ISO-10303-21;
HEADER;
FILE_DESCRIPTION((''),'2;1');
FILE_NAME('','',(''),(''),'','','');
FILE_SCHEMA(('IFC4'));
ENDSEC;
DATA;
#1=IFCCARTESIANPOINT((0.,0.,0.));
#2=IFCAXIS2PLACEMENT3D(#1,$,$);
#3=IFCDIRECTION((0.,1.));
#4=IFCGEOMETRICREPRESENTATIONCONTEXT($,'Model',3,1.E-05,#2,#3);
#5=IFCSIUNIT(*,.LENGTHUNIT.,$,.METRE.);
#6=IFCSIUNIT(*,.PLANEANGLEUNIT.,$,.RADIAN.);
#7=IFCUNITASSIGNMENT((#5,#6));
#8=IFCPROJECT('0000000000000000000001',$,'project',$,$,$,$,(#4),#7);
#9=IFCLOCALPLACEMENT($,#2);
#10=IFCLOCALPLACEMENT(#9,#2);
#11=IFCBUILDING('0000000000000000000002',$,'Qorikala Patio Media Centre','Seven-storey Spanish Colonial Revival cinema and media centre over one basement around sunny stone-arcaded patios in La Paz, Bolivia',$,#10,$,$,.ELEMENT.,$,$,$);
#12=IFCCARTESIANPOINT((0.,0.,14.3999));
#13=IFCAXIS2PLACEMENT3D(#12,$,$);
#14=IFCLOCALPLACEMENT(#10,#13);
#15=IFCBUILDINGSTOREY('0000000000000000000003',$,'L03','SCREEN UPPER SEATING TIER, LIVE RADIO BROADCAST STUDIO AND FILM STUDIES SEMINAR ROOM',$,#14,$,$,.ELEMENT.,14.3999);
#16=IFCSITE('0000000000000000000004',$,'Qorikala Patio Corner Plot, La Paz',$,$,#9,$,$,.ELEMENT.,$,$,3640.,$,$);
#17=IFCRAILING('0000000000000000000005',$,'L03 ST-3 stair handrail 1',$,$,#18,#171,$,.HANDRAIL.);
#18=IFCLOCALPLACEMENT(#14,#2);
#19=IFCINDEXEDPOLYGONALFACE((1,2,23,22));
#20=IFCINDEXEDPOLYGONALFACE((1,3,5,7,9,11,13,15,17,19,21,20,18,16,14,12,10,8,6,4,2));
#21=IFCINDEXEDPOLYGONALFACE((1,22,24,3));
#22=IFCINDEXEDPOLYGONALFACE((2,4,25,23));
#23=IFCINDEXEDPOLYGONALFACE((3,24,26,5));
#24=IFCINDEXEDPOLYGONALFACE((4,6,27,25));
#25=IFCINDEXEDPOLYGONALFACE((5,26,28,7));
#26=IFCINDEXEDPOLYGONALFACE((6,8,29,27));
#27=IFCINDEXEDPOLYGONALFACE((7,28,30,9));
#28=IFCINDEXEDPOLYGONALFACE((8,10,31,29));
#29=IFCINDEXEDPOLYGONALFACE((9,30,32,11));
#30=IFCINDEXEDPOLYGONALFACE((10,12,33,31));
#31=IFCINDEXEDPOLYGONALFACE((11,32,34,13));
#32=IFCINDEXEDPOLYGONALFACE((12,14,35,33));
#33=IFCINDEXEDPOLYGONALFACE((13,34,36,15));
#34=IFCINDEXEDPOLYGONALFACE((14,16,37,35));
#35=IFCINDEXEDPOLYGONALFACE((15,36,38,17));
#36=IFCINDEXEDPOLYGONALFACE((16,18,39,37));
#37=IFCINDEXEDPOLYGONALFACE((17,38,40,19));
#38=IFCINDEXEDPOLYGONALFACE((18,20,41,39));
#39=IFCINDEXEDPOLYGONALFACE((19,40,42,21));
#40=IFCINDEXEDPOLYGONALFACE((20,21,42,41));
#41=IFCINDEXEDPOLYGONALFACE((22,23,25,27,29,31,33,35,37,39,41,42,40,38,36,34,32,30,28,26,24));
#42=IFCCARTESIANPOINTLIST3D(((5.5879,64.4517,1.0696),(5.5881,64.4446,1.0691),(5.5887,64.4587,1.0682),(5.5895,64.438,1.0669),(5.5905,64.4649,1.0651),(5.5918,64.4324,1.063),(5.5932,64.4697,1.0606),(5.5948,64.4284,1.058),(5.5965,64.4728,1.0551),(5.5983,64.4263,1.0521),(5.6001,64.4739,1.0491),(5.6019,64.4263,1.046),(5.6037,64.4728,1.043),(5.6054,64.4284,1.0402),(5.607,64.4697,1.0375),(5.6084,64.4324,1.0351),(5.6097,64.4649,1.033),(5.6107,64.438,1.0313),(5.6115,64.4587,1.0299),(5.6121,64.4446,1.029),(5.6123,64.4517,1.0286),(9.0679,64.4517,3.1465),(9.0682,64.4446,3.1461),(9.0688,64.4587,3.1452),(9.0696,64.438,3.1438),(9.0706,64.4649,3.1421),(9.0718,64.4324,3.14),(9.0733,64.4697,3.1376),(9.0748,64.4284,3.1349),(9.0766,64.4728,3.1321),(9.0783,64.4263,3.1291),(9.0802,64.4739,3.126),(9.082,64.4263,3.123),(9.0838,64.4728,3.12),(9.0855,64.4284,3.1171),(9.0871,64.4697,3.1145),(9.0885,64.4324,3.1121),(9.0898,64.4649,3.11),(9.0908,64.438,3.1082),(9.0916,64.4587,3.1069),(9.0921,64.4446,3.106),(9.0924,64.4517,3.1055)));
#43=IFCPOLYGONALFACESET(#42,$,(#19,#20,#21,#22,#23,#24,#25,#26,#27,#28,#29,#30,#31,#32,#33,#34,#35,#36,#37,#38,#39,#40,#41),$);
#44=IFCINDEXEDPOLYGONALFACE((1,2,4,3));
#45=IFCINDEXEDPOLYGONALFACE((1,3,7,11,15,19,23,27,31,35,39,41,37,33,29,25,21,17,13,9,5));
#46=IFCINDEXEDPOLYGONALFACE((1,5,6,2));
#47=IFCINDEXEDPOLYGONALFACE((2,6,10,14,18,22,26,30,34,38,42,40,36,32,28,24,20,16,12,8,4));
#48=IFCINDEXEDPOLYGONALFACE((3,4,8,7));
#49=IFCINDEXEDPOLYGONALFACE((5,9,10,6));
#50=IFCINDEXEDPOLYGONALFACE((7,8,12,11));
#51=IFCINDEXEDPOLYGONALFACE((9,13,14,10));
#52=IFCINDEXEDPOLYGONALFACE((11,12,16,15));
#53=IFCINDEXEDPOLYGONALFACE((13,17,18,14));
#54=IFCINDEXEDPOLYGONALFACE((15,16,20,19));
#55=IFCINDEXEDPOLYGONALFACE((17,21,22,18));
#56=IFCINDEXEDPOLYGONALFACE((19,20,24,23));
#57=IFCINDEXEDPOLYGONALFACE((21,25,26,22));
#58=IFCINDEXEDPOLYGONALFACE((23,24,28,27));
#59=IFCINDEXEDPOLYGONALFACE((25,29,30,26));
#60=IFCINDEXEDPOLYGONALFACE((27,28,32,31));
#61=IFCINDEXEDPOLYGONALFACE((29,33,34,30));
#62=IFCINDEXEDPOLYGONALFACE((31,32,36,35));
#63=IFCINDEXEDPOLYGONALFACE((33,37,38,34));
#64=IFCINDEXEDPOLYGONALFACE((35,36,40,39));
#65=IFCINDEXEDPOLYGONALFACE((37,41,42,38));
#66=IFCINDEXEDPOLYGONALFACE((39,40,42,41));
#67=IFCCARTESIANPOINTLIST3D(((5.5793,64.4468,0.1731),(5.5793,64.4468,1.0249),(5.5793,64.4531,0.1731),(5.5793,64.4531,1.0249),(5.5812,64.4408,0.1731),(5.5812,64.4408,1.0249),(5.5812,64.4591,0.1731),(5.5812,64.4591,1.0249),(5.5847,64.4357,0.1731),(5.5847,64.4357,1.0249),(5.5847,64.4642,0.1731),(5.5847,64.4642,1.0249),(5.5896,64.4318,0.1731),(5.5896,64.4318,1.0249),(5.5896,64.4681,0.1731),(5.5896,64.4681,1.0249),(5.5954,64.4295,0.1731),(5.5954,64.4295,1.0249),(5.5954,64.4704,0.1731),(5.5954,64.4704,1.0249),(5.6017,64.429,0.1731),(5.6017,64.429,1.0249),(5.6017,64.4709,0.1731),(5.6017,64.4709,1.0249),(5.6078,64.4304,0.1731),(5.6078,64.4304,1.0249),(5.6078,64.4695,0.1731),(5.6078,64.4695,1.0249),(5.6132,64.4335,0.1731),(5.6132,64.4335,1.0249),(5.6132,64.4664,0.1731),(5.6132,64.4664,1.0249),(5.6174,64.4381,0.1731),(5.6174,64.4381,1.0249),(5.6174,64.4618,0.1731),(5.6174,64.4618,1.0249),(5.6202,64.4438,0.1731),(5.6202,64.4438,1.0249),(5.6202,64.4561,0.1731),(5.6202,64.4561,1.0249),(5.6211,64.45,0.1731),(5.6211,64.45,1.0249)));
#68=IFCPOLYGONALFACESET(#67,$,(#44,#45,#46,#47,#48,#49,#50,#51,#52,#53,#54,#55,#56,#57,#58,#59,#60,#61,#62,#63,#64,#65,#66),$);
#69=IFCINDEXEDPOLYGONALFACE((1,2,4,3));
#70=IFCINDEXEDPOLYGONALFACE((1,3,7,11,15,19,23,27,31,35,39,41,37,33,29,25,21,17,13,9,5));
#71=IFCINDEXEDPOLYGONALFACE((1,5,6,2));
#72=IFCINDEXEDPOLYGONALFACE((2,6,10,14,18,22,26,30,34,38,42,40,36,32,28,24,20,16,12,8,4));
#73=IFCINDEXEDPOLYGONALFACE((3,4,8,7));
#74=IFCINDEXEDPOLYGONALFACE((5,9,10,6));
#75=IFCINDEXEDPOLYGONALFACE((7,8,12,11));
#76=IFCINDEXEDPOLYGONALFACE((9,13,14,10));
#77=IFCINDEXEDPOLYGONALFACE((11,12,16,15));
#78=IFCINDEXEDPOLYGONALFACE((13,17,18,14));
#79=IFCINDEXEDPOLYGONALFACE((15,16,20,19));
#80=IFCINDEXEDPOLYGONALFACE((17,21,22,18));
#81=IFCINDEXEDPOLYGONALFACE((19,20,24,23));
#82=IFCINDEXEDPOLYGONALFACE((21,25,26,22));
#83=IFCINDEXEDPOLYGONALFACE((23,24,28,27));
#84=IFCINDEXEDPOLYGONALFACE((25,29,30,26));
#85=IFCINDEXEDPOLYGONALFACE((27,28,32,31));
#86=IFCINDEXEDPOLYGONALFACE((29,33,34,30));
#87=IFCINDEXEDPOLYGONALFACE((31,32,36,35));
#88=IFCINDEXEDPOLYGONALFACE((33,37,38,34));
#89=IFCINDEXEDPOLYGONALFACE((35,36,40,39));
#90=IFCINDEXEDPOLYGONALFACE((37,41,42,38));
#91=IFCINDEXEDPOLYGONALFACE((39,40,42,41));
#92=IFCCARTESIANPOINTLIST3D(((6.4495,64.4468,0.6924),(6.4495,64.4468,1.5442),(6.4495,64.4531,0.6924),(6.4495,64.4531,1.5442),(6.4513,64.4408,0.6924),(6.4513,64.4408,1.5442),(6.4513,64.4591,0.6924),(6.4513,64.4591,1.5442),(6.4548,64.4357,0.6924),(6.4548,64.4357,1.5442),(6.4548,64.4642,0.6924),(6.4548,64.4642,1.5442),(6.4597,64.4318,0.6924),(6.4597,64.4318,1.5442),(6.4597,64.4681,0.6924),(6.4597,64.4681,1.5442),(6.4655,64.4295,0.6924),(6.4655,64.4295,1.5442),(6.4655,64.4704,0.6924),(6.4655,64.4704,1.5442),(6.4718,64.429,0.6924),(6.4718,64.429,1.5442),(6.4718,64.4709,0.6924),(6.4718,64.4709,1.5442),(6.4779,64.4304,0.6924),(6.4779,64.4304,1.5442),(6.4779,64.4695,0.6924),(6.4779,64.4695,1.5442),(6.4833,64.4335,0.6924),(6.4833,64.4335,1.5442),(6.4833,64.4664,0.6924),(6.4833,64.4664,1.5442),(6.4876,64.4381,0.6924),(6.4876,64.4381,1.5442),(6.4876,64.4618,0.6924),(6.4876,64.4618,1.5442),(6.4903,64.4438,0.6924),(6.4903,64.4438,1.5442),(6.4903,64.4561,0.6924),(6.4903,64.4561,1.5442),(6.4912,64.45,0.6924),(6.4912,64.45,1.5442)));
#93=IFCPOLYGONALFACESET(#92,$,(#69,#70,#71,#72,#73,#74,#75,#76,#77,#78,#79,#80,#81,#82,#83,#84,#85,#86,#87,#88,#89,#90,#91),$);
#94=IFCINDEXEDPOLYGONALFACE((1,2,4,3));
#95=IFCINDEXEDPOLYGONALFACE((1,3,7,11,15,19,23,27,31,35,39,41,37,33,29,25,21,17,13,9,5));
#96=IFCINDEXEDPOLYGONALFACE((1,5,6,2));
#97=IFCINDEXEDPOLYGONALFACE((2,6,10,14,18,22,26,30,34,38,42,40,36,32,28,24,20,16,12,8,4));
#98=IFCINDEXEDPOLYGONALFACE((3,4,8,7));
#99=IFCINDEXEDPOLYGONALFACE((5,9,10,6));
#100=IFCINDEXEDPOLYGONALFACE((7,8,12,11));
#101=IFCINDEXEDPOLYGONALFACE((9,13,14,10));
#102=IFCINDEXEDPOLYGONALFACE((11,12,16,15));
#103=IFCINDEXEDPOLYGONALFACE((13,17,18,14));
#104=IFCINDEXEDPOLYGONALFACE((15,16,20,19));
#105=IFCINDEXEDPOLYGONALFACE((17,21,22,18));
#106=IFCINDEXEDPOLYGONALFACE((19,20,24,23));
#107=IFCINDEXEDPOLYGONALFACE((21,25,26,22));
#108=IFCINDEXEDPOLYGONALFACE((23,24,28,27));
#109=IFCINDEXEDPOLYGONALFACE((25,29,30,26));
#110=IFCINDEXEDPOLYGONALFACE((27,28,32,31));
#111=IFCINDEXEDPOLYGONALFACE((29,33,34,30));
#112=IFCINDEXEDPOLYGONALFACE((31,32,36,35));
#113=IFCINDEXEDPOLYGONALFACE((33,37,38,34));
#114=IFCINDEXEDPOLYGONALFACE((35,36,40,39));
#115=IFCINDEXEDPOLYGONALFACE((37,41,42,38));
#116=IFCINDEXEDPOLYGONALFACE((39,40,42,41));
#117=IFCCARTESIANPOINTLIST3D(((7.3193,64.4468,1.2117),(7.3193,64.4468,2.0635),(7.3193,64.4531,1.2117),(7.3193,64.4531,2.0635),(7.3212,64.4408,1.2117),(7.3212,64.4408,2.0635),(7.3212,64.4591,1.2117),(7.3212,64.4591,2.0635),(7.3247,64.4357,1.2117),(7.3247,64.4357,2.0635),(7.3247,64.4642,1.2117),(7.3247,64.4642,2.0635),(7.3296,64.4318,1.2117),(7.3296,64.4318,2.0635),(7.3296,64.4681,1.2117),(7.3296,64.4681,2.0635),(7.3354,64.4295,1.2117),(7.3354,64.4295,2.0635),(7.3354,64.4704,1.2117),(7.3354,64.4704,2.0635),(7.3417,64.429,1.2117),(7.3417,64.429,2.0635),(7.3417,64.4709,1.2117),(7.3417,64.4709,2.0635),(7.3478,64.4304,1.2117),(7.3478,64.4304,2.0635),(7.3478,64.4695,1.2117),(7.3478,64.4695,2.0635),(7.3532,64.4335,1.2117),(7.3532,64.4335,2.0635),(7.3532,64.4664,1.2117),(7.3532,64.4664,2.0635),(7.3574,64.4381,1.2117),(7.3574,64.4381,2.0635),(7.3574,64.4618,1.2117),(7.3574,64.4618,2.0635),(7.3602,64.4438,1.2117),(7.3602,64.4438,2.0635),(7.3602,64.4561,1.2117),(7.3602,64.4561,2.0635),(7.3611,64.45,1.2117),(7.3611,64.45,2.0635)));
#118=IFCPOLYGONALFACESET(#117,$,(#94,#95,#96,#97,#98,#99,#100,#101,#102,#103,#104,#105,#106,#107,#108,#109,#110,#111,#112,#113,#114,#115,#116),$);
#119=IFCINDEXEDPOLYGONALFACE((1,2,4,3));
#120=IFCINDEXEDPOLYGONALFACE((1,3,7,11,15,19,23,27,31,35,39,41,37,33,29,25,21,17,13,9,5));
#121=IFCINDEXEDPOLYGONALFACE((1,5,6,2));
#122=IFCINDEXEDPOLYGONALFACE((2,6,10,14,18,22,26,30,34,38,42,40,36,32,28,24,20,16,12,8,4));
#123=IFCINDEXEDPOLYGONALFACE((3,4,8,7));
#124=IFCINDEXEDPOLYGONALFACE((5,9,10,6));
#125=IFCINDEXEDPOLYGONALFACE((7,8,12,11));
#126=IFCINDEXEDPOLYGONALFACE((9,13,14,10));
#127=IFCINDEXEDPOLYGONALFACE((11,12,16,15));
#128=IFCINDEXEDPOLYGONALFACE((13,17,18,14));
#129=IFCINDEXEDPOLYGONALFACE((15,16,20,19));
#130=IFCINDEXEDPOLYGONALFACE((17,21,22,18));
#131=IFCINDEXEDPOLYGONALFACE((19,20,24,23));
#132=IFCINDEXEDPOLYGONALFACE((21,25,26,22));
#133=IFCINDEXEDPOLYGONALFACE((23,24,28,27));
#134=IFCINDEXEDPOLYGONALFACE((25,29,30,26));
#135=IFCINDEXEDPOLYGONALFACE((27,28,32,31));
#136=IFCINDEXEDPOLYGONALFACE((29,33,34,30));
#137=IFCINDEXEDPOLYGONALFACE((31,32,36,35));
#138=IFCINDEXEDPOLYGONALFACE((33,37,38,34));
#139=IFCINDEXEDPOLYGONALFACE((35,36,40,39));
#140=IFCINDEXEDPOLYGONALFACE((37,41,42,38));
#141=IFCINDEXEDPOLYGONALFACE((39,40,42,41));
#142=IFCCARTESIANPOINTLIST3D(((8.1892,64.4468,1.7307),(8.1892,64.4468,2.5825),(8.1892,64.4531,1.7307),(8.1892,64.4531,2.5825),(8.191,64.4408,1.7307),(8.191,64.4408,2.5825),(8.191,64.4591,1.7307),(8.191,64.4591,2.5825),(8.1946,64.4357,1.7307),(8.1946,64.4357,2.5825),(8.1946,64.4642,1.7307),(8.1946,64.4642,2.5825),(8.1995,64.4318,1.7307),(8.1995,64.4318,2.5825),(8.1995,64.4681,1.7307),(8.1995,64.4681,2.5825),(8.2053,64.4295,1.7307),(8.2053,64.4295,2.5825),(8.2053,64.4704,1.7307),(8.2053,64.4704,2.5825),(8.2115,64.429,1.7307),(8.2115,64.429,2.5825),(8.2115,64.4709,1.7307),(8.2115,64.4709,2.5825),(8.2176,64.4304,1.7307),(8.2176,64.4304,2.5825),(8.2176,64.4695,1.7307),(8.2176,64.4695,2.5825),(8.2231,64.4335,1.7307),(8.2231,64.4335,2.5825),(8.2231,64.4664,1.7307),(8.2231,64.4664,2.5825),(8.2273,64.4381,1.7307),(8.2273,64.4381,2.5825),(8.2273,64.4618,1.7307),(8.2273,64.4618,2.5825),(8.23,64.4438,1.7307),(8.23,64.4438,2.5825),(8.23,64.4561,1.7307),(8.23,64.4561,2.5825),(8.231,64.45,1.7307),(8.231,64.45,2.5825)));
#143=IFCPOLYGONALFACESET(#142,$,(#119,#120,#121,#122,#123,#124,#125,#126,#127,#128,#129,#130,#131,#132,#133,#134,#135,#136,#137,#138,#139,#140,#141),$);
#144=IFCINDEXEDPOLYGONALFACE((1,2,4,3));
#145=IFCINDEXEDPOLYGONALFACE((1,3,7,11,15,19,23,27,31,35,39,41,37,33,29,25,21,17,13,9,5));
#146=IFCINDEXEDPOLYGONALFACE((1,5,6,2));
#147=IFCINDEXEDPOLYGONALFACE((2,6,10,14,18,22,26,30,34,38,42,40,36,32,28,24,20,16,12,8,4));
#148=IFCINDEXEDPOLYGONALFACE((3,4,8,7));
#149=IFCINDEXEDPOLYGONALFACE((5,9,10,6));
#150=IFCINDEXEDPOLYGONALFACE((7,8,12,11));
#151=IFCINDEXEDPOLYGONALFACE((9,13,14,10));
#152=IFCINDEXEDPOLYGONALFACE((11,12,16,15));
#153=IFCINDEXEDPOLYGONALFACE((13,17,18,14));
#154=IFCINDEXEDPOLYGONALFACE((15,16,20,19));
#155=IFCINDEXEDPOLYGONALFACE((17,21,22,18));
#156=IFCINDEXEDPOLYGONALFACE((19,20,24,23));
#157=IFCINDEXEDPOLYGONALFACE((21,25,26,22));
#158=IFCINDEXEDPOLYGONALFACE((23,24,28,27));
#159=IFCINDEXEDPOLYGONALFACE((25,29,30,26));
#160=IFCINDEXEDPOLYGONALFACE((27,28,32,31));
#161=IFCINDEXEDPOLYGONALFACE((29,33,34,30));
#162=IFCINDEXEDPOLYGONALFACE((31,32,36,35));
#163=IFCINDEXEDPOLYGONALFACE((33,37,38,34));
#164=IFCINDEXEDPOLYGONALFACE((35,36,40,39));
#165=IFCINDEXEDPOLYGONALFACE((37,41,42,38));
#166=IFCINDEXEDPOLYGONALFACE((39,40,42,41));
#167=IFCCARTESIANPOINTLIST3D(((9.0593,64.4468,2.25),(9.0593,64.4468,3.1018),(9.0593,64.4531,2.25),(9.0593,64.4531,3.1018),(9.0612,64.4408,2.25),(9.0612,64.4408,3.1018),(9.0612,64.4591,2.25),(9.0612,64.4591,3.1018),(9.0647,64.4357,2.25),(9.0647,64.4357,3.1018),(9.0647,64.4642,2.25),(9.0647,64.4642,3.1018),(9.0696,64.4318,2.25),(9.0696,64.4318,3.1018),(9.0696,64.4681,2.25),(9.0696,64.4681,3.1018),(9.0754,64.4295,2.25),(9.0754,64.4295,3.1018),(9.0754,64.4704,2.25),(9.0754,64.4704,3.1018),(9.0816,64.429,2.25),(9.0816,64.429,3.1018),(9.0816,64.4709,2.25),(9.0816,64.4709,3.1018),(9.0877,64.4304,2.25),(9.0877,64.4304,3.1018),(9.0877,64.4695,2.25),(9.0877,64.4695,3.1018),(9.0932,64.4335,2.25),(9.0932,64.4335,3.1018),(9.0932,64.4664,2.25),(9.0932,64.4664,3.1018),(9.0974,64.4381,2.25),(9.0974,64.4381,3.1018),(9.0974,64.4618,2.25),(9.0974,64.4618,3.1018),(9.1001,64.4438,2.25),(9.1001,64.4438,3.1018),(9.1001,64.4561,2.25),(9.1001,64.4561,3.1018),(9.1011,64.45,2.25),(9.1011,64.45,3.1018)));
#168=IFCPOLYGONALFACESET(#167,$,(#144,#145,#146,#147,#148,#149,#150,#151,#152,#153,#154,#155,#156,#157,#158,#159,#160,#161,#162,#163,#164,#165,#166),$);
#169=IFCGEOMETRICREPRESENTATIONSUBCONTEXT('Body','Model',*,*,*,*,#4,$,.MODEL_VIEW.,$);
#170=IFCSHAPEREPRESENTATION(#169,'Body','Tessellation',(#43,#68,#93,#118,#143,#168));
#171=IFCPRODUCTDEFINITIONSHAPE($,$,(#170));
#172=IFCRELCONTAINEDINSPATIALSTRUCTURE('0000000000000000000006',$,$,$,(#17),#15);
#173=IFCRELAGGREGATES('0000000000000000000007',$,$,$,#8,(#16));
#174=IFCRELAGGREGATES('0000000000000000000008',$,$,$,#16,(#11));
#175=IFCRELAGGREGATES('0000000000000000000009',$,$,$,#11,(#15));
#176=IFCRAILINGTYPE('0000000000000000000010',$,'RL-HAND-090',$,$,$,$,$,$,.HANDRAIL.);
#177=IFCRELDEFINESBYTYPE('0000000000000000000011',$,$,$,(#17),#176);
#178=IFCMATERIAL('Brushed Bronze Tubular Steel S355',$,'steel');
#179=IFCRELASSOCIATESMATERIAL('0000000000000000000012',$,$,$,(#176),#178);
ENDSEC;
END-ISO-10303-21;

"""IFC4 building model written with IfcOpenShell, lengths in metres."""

from ifc_helpers import new_model, si_unit, direction, frame, origin, origin_2d, place, context, subcontext, project, spatial, circle, extrude, material, type_object, element, save


model = new_model("IFC4")

# Units and contexts
model_context = context("Model", 3, precision=1e-05, world=origin(), true_north=direction((0.0, 1.0)))
body_context = subcontext(model_context, "Body", "Model", "MODEL_VIEW")
ifc_project = project(units=[si_unit("LENGTHUNIT", "METRE"), si_unit("PLANEANGLEUNIT", "RADIAN")], contexts=[model_context])

# Site, building, storey
site_placement = place(None, origin())
site = spatial("IfcSite", under=ifc_project, at=site_placement, Name="Qorikala Patio Corner Plot, La Paz", CompositionType="ELEMENT", RefElevation=3640.0)
building_placement = place(site_placement, origin())
building = spatial("IfcBuilding", under=site, at=building_placement, Name="Qorikala Patio Media Centre", Description="Seven-storey Spanish Colonial Revival cinema and media centre over one basement around sunny stone-arcaded patios in La Paz, Bolivia", CompositionType="ELEMENT")
storey_placement = place(building_placement, frame((0.0, 0.0, 14.3999)))
storey = spatial("IfcBuildingStorey", under=building, at=storey_placement, Name="L03", Description="SCREEN UPPER SEATING TIER, LIVE RADIO BROADCAST STUDIO AND FILM STUDIES SEMINAR ROOM", CompositionType="ELEMENT", Elevation=14.3999)

# Railing
ifc_material_1 = material(Name="Brushed Bronze Tubular Steel S355", Category="steel")
railing_type_1 = type_object("IfcRailingType", Name="RL-HAND-090", PredefinedType="HANDRAIL", material=ifc_material_1)
railing_1_placement = place(storey_placement, frame((5.6001, 64.45, 0.1731)))
element("IfcRailing", 1, at=railing_1_placement, inside=storey, type_object=railing_type_1, Name="L03 ST-3 stair handrail 1", PredefinedType="HANDRAIL", context=body_context, shape_type="SweptSolid", body=[
    extrude(circle(Radius=0.0239, at=origin_2d()), frame((0.0, 0.0, 0.876), z_axis=(0.858697, 0.0, 0.512483), x_axis=(0.0, 1.0, 0.0)), (0.0, 0.0, 1.0), 4.0527),
    extrude(circle(Radius=0.021, at=origin_2d()), origin(), (0.0, 0.0, 1.0), 0.8518),
    extrude(circle(Radius=0.021, at=origin_2d()), frame((0.8701, 0.0, 0.5193)), (0.0, 0.0, 1.0), 0.8518),
    extrude(circle(Radius=0.021, at=origin_2d()), frame((1.74, 0.0, 1.0386)), (0.0, 0.0, 1.0), 0.8518),
    extrude(circle(Radius=0.021, at=origin_2d()), frame((2.6099, 0.0, 1.5576)), (0.0, 0.0, 1.0), 0.8518),
    extrude(circle(Radius=0.021, at=origin_2d()), frame((3.48, 0.0, 2.0769)), (0.0, 0.0, 1.0), 0.8518),
])

save(model, "model.ifc")
